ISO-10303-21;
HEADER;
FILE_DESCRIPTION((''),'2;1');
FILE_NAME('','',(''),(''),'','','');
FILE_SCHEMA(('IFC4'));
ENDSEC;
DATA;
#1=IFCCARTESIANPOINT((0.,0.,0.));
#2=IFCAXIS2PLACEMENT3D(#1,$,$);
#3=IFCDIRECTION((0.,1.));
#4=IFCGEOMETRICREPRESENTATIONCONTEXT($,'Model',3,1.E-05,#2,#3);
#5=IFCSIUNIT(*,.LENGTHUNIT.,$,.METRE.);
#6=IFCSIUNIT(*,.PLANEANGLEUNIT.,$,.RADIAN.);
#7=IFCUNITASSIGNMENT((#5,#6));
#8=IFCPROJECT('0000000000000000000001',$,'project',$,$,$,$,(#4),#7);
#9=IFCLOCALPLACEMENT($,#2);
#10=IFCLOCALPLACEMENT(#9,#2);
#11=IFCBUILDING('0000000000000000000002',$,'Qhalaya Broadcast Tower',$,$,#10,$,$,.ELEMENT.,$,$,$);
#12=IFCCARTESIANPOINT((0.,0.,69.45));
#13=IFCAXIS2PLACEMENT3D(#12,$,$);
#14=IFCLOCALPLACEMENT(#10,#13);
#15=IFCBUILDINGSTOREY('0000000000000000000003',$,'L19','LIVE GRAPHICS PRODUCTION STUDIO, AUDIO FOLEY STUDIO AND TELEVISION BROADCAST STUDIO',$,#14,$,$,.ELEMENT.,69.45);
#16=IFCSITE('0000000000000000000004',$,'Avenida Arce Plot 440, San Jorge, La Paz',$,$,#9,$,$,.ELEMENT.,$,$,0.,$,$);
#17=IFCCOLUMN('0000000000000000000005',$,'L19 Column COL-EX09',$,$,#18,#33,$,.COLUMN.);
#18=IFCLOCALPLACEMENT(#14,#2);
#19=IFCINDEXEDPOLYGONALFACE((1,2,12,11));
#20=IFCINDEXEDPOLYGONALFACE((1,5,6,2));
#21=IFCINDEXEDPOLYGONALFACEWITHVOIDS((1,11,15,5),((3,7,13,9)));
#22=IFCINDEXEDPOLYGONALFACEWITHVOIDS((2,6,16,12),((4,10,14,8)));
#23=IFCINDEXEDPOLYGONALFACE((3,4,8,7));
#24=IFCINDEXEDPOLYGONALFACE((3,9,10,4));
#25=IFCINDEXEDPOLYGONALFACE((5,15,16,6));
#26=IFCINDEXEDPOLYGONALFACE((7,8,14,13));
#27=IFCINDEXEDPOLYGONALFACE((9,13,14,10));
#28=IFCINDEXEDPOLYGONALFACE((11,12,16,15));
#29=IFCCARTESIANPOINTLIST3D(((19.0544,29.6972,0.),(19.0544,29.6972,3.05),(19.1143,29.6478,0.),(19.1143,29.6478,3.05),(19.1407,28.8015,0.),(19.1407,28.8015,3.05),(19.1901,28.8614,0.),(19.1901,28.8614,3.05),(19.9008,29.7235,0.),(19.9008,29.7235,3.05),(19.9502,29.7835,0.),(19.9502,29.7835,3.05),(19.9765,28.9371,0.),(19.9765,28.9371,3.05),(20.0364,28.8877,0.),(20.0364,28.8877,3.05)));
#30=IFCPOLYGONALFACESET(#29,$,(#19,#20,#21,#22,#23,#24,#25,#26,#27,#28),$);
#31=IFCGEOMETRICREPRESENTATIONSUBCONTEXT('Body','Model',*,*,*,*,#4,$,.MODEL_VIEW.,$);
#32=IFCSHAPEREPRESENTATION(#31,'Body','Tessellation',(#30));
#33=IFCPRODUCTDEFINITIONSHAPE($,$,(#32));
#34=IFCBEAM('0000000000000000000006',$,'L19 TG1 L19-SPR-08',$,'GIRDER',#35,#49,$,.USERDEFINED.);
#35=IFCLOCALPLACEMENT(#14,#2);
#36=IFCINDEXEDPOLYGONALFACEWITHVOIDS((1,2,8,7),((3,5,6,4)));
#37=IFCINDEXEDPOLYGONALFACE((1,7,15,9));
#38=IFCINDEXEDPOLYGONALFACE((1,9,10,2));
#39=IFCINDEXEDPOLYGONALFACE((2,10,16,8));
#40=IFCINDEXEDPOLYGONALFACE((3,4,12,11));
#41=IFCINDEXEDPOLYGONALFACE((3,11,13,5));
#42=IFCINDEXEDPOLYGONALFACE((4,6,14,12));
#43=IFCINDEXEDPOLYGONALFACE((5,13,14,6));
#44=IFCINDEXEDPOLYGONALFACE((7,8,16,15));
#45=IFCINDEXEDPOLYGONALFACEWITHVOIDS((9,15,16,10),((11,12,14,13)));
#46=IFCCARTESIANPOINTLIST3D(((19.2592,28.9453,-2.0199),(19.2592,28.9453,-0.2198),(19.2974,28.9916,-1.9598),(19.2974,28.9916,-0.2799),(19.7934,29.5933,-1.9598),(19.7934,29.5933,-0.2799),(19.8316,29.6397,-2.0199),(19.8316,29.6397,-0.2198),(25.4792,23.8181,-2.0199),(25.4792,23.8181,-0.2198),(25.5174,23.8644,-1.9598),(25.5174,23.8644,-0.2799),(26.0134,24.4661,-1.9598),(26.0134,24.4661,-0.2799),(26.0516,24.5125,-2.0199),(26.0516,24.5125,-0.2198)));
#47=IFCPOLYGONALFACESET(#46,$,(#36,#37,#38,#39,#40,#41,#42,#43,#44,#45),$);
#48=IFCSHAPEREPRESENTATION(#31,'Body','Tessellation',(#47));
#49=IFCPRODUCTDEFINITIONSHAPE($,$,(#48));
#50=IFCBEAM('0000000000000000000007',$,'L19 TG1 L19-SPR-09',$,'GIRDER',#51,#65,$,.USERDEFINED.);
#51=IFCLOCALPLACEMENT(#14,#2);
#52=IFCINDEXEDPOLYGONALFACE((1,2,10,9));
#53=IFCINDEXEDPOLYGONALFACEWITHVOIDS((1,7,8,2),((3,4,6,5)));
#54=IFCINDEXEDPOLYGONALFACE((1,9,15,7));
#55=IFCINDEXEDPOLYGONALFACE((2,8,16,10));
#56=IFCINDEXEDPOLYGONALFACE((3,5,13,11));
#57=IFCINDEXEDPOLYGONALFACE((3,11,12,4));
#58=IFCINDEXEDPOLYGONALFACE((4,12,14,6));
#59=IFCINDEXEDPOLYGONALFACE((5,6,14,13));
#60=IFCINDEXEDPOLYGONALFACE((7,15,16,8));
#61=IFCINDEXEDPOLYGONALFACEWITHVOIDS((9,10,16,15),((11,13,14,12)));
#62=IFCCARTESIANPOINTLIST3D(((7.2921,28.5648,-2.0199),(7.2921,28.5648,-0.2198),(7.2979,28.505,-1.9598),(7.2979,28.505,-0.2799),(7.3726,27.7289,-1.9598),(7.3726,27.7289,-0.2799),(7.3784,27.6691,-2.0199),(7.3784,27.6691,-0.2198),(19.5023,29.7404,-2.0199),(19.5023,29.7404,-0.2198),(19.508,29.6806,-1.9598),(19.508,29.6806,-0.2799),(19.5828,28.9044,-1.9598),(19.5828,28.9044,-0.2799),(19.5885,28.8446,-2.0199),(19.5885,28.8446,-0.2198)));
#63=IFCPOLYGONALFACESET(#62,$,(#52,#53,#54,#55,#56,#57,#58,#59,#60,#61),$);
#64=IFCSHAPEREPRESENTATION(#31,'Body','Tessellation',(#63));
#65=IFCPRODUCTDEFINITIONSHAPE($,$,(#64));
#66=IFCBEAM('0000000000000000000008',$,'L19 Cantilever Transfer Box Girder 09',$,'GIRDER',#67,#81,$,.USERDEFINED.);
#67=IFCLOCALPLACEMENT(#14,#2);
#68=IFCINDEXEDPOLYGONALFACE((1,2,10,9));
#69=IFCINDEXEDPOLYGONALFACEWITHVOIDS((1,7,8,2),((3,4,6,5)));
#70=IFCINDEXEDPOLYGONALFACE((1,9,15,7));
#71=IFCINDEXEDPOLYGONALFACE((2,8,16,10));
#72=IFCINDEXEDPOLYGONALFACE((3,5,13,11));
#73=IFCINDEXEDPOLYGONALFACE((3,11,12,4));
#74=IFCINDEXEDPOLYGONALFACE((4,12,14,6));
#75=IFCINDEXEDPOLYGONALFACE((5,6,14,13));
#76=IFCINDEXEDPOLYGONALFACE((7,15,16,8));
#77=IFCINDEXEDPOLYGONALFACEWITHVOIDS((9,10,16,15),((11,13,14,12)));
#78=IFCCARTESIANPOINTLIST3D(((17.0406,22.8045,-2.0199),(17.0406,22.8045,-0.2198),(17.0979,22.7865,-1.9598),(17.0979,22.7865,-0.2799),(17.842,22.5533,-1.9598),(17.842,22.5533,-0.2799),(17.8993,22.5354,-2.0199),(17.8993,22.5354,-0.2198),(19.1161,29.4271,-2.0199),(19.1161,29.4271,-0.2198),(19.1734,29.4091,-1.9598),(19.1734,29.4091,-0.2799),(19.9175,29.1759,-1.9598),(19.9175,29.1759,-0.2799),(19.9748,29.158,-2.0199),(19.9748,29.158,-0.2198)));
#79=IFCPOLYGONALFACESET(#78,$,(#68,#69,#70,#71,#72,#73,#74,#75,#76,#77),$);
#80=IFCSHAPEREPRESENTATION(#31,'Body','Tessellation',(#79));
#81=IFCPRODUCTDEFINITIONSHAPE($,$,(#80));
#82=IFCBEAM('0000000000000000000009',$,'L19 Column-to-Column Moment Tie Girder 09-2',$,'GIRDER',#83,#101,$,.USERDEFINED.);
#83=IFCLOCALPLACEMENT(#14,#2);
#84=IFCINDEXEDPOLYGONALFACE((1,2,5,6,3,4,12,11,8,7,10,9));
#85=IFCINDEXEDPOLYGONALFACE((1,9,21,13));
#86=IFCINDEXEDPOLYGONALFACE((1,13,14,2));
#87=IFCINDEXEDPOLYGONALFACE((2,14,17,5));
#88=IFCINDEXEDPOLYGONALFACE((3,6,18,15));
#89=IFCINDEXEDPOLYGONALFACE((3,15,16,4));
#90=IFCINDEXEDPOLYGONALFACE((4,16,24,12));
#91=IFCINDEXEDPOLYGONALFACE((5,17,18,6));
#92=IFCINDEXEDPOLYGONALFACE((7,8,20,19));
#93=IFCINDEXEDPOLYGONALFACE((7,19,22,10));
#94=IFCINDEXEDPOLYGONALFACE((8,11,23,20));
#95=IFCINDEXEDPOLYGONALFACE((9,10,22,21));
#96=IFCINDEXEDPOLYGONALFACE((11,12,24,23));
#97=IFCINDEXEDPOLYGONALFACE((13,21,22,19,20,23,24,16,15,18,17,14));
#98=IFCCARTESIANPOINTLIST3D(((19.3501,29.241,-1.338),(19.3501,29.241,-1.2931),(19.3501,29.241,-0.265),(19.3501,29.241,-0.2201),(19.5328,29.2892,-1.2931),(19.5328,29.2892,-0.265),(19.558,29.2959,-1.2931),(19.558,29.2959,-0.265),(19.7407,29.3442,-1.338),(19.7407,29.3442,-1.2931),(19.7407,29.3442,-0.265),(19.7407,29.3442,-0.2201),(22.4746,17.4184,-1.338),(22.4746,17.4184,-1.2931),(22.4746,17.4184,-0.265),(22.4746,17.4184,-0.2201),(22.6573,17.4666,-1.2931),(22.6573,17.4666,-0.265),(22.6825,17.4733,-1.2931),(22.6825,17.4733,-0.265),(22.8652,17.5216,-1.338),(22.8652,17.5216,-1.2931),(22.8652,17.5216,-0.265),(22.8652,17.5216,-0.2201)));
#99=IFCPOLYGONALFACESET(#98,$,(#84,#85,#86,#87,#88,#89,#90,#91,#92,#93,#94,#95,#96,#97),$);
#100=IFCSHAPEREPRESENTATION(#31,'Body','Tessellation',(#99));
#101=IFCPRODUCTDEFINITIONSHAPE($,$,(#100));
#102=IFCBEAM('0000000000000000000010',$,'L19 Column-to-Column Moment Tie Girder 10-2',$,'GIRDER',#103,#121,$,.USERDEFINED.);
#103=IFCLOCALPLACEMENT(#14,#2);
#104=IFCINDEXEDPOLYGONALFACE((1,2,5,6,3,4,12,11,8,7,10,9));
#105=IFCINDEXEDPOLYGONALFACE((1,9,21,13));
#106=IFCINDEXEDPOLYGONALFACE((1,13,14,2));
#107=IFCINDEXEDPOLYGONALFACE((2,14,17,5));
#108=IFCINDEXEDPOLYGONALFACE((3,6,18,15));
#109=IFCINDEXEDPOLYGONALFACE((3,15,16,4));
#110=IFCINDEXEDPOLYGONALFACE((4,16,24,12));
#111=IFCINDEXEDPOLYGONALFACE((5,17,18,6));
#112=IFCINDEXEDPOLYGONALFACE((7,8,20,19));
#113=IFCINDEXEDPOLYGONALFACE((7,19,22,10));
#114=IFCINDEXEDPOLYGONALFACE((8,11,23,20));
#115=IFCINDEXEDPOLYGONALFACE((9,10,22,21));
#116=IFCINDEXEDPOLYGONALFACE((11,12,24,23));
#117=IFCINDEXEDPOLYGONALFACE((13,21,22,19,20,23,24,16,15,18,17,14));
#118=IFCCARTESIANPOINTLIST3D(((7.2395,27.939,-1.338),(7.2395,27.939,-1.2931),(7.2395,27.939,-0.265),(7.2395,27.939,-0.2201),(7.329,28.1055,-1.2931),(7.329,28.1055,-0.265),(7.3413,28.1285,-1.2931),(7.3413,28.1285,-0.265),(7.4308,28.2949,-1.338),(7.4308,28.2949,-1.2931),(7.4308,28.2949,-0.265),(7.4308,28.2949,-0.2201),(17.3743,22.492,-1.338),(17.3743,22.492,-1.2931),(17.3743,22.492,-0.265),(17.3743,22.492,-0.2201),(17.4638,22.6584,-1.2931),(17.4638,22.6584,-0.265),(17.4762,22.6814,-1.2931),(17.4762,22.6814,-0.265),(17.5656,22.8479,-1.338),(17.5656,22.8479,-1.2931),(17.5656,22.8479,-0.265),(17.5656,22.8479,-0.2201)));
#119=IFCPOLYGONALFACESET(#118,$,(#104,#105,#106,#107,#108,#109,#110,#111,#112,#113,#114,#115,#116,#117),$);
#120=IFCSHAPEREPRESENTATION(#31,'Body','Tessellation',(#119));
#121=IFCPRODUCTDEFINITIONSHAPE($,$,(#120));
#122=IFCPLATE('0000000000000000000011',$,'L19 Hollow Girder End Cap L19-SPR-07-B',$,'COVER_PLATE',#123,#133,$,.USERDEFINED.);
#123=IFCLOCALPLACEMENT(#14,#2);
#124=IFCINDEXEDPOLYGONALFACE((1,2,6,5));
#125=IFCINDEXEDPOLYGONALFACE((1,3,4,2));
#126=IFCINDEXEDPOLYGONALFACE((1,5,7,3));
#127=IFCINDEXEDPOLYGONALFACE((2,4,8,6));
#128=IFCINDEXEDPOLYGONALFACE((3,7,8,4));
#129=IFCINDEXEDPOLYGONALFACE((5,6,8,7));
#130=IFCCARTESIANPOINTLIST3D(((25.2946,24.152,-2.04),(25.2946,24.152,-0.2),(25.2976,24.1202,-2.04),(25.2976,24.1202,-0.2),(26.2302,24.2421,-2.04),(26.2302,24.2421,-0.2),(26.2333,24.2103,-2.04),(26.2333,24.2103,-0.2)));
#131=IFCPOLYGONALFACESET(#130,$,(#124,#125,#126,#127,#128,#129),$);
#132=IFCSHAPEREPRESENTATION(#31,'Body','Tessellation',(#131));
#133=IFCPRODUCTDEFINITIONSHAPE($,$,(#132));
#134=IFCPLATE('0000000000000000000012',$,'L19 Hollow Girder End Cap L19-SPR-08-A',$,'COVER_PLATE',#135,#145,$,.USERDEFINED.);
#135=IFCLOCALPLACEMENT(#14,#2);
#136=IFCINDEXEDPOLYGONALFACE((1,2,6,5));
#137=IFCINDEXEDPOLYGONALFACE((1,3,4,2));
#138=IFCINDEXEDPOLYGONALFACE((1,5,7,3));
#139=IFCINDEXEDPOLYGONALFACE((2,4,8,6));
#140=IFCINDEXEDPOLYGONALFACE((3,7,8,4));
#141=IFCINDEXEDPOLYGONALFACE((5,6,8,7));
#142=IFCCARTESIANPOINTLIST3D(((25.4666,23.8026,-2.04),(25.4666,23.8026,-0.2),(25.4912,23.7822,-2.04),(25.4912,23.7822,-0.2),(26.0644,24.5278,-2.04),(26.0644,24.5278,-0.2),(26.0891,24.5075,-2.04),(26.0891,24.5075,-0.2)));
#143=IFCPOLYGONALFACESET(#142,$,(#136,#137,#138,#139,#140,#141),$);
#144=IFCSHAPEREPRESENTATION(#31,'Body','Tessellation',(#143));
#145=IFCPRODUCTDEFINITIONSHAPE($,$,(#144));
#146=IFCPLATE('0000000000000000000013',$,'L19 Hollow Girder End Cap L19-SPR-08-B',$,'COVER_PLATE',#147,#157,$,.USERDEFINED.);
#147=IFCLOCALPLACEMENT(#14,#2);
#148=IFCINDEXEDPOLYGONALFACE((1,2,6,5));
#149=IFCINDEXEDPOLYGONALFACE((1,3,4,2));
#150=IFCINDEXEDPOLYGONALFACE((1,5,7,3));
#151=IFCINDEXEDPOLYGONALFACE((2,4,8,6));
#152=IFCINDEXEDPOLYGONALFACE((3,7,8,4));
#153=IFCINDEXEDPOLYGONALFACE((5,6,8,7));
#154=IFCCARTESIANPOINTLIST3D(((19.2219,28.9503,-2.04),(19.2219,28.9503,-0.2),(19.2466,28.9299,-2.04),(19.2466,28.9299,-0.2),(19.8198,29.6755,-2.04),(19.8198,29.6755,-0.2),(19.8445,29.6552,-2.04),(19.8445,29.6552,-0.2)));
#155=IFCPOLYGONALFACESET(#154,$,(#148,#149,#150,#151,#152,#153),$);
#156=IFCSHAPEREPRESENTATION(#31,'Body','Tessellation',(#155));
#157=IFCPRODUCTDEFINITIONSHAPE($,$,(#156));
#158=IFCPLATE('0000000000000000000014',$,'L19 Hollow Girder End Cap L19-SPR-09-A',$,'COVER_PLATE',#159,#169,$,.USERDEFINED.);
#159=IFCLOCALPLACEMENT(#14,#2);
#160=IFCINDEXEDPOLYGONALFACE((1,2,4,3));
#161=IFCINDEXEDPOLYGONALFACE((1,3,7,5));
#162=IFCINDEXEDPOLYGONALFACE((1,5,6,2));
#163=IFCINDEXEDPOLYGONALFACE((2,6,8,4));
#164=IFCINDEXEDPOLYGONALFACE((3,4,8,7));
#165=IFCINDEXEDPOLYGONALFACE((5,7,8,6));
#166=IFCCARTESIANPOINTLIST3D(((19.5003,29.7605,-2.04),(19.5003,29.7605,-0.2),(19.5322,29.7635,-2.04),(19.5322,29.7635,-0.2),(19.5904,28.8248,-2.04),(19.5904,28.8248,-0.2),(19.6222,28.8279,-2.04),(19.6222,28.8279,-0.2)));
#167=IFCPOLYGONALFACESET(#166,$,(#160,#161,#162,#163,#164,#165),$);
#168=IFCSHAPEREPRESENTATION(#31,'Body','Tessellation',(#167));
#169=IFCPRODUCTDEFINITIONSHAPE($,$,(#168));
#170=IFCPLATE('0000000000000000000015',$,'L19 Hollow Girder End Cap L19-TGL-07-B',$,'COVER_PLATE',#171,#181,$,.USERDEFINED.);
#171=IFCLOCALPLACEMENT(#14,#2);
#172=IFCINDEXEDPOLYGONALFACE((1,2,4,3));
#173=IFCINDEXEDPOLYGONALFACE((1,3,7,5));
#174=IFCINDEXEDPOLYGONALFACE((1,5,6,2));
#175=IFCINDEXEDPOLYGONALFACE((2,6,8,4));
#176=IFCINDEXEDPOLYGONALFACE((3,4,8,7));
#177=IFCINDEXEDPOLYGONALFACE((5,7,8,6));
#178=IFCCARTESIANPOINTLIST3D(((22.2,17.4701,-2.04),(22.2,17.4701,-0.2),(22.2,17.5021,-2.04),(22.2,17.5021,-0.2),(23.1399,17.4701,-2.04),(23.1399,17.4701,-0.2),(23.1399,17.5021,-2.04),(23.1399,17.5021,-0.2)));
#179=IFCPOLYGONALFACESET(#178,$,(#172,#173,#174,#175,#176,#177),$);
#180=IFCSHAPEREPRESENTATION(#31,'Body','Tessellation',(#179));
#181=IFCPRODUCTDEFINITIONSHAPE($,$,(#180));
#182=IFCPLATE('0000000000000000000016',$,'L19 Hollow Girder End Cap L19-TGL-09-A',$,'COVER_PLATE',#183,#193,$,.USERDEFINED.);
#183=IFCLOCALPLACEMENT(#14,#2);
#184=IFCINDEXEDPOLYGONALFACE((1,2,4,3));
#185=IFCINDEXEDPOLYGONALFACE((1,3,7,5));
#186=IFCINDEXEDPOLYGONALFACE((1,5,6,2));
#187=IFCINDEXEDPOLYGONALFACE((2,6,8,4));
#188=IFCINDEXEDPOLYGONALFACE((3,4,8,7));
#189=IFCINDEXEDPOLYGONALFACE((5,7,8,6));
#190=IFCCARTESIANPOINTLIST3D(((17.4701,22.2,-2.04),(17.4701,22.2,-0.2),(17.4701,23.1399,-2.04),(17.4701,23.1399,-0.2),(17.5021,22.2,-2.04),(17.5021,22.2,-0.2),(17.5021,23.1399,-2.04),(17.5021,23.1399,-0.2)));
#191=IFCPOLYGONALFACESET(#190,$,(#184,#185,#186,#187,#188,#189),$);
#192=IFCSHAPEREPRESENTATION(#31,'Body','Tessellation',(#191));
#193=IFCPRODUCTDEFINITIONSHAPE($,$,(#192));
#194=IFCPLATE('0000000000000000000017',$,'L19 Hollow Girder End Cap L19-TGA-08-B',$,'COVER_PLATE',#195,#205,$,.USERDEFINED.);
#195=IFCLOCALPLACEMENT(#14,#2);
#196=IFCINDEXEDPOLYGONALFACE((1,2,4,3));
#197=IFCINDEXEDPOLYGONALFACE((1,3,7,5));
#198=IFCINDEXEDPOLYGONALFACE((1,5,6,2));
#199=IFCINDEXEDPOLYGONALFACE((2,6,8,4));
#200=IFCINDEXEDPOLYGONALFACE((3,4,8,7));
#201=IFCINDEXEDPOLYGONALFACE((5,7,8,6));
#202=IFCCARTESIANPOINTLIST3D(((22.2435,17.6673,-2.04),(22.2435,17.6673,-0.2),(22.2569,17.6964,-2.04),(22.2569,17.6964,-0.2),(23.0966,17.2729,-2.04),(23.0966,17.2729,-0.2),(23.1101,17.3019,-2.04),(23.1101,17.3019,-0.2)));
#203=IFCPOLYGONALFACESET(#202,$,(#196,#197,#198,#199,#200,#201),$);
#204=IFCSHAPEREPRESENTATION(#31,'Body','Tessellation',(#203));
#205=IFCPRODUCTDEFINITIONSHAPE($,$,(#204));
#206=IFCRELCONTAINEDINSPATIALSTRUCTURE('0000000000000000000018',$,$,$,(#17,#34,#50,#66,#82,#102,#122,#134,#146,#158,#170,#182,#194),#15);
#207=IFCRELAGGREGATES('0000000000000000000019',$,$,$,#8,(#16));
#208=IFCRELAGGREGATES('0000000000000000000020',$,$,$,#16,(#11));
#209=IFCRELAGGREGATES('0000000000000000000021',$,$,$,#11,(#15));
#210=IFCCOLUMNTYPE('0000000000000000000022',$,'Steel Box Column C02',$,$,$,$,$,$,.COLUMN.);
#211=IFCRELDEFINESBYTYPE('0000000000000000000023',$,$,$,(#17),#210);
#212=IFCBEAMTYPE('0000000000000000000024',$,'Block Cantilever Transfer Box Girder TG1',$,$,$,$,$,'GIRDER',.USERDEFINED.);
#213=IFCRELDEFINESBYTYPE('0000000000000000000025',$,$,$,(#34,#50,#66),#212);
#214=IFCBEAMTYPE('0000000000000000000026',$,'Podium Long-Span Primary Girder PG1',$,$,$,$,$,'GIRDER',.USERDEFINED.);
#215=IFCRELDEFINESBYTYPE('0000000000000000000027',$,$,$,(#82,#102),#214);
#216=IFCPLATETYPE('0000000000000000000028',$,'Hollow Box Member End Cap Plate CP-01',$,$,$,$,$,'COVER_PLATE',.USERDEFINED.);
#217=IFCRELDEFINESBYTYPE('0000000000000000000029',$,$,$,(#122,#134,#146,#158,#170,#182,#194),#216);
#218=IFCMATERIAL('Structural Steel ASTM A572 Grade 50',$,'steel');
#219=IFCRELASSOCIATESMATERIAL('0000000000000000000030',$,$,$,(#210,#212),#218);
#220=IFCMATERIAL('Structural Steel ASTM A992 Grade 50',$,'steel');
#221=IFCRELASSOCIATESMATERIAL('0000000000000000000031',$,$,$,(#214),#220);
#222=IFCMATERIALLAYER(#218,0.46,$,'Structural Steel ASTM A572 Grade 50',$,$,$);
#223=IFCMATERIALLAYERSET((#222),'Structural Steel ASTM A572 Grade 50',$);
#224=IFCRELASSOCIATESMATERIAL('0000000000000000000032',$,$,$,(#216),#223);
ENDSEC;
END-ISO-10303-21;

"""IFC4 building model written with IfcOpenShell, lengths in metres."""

from ifc_helpers import new_model, si_unit, direction, frame, origin, origin_2d, place, context, subcontext, project, spatial, rectangle, hollow_rectangle, i_section, extrude, material, layer, layer_set, material_profile, profile_set, type_object, element, save


model = new_model("IFC4")

# Units and contexts
model_context = context("Model", 3, precision=1e-05, world=origin(), true_north=direction((0.0, 1.0)))
body_context = subcontext(model_context, "Body", "Model", "MODEL_VIEW")
ifc_project = project(units=[si_unit("LENGTHUNIT", "METRE"), si_unit("PLANEANGLEUNIT", "RADIAN")], contexts=[model_context])

# Site, building, storey
site_placement = place(None, origin())
site = spatial("IfcSite", under=ifc_project, at=site_placement, Name="Avenida Arce Plot 440, San Jorge, La Paz", CompositionType="ELEMENT", RefElevation=0.0)
building_placement = place(site_placement, origin())
building = spatial("IfcBuilding", under=site, at=building_placement, Name="Qhalaya Broadcast Tower", CompositionType="ELEMENT")
storey_placement = place(building_placement, frame((0.0, 0.0, 69.45)))
storey = spatial("IfcBuildingStorey", under=building, at=storey_placement, Name="L19", Description="LIVE GRAPHICS PRODUCTION STUDIO, AUDIO FOLEY STUDIO AND TELEVISION BROADCAST STUDIO", CompositionType="ELEMENT", Elevation=69.45)

# Column
ifc_material_1 = material(Name="Structural Steel ASTM A572 Grade 50", Category="steel")
ifc_material_profile_1 = material_profile(ifc_material_1, hollow_rectangle(XDim=0.8999, YDim=0.8999, WallThickness=0.0549, at=origin_2d()), Name="BOX 900x900x55")
ifc_profile_set_1 = profile_set([ifc_material_profile_1], Name="Structural Steel ASTM A572 Grade 50")
column_type = type_object("IfcColumnType", Name="Steel Box Column C02", PredefinedType="COLUMN", material=ifc_profile_set_1)
column_placement = place(storey_placement, frame((19.5454, 29.2925, 0.0), z_axis=(0.0, 0.0, 1.0), x_axis=(0.995396, 0.095846, 0.0)))
element("IfcColumn", 1, at=column_placement, inside=storey, type_object=column_type, Name="L19 Column COL-EX09", PredefinedType="COLUMN", context=body_context, shape_type="SweptSolid", body=[
    extrude(hollow_rectangle(XDim=0.8999, YDim=0.8999, WallThickness=0.0549, at=origin_2d()), origin(), (0.0, 0.0, 1.0), 3.05),
])

# Beams
ifc_material_profile_2 = material_profile(ifc_material_1, hollow_rectangle(XDim=0.8999, YDim=1.8, WallThickness=0.0601, at=origin_2d()), Name="BOX 900x1800x60")
ifc_profile_set_2 = profile_set([ifc_material_profile_2], Name="Structural Steel ASTM A572 Grade 50")
beam_type_1 = type_object("IfcBeamType", Name="Block Cantilever Transfer Box Girder TG1", ElementType="GIRDER", PredefinedType="USERDEFINED", material=ifc_profile_set_2)
beam_1_placement = place(storey_placement, frame((25.7654, 24.1653, -1.1199), z_axis=(-0.771634, 0.636067, 0.0), x_axis=(-0.636067, -0.771634, 0.0)))
element("IfcBeam", 2, at=beam_1_placement, inside=storey, type_object=beam_type_1, Name="L19 TG1 L19-SPR-08", ObjectType="GIRDER", PredefinedType="USERDEFINED", context=body_context, shape_type="SweptSolid", body=[
    extrude(hollow_rectangle(XDim=0.8999, YDim=1.8, WallThickness=0.0601, at=origin_2d()), origin(), (0.0, 0.0, 1.0), 8.0608),
])
beam_2_placement = place(storey_placement, frame((19.5454, 29.2925, -1.1199), z_axis=(-0.995398, -0.095832, 0.0), x_axis=(0.095832, -0.995398, 0.0)))
element("IfcBeam", 3, at=beam_2_placement, inside=storey, type_object=beam_type_1, Name="L19 TG1 L19-SPR-09", ObjectType="GIRDER", PredefinedType="USERDEFINED", context=body_context, shape_type="SweptSolid", body=[
    extrude(hollow_rectangle(XDim=0.8999, YDim=1.8, WallThickness=0.0601, at=origin_2d()), origin(), (0.0, 0.0, 1.0), 12.2666),
])
beam_3_placement = place(storey_placement, frame((17.47, 22.6699, -1.1199), z_axis=(0.299048, 0.954238, 0.0), x_axis=(-0.954238, 0.299048, 0.0)))
element("IfcBeam", 4, at=beam_3_placement, inside=storey, type_object=beam_type_1, Name="L19 Cantilever Transfer Box Girder 09", ObjectType="GIRDER", PredefinedType="USERDEFINED", context=body_context, shape_type="SweptSolid", body=[
    extrude(hollow_rectangle(XDim=0.8999, YDim=1.8, WallThickness=0.0601, at=origin_2d()), origin(), (0.0, 0.0, 1.0), 6.9402),
])
ifc_material_2 = material(Name="Structural Steel ASTM A992 Grade 50", Category="steel")
ifc_material_profile_3 = material_profile(ifc_material_2, i_section(OverallWidth=0.4041, OverallDepth=1.1179, WebThickness=0.0261, FlangeThickness=0.0449, at=origin_2d()), Name="W44X335")
ifc_profile_set_3 = profile_set([ifc_material_profile_3], Name="Structural Steel ASTM A992 Grade 50")
beam_type_2 = type_object("IfcBeamType", Name="Podium Long-Span Primary Girder PG1", ElementType="GIRDER", PredefinedType="USERDEFINED", material=ifc_profile_set_3)
beam_4_placement = place(storey_placement, frame((22.6699, 17.47, -0.7791), z_axis=(-0.255512, 0.966806, 0.0), x_axis=(-0.966806, -0.255512, 0.0)))
element("IfcBeam", 5, at=beam_4_placement, inside=storey, type_object=beam_type_2, Name="L19 Column-to-Column Moment Tie Girder 09-2", ObjectType="GIRDER", PredefinedType="USERDEFINED", context=body_context, shape_type="SweptSolid", body=[
    extrude(i_section(OverallWidth=0.4041, OverallDepth=1.1179, WebThickness=0.0261, FlangeThickness=0.0449, at=origin_2d()), origin(), (0.0, 0.0, 1.0), 12.2285),
])
beam_5_placement = place(storey_placement, frame((17.47, 22.6699, -0.7791), z_axis=(-0.880839, 0.473415, 0.0), x_axis=(-0.473415, -0.880839, 0.0)))
element("IfcBeam", 6, at=beam_5_placement, inside=storey, type_object=beam_type_2, Name="L19 Column-to-Column Moment Tie Girder 10-2", ObjectType="GIRDER", PredefinedType="USERDEFINED", context=body_context, shape_type="SweptSolid", body=[
    extrude(i_section(OverallWidth=0.4041, OverallDepth=1.1179, WebThickness=0.0261, FlangeThickness=0.0449, at=origin_2d()), origin(), (0.0, 0.0, 1.0), 11.5059),
])

# Plates
ifc_layer_1 = layer(ifc_material_1, 0.46, Name="Structural Steel ASTM A572 Grade 50")
ifc_layer_set_1 = layer_set([ifc_layer_1], Name="Structural Steel ASTM A572 Grade 50")
plate_type_1 = type_object("IfcPlateType", Name="Hollow Box Member End Cap Plate CP-01", ElementType="COVER_PLATE", PredefinedType="USERDEFINED", material=ifc_layer_set_1)
for number, where, z_axis, x_axis, name in (
    (7, (25.7639, 24.1812, -2.04), (0.0, 0.0, 1.0), (-0.995396, -0.095846, 0.0), "L19 Hollow Girder End Cap L19-SPR-07-B"),
    (8, (25.7778, 24.155, -2.04), (0.0, 0.0, 1.0), (-0.636078, -0.771625, 0.0), "L19 Hollow Girder End Cap L19-SPR-08-A"),
    (9, (19.5332, 29.3027, -2.04), (0.0, 0.0, 1.0), (-0.636078, -0.771625, 0.0), "L19 Hollow Girder End Cap L19-SPR-08-B"),
    (10, (19.5613, 29.2942, -2.04), (0.0, 0.0, 1.0), (0.095846, -0.995396, 0.0), "L19 Hollow Girder End Cap L19-SPR-09-A"),
    (11, (22.6699, 17.4861, -2.04), (0.0, 0.0, 1.0), (-1.0, 0.0, 0.0), "L19 Hollow Girder End Cap L19-TGL-07-B"),
    (12, (17.4861, 22.6699, -2.04), (0.0, 0.0, 1.0), (0.0, -1.0, 0.0), "L19 Hollow Girder End Cap L19-TGL-09-A"),
    (13, (22.6768, 17.4846, -2.04), (0.0, 0.0, 1.0), (-0.907682, 0.419658, 0.0), "L19 Hollow Girder End Cap L19-TGA-08-B"),
):
    element("IfcPlate", number, at=place(storey_placement, frame(where, z_axis=z_axis, x_axis=x_axis)), inside=storey, type_object=plate_type_1, Name=name, ObjectType="COVER_PLATE", PredefinedType="USERDEFINED", context=body_context, shape_type="SweptSolid", body=[
        extrude(rectangle(XDim=0.9399, YDim=0.032, at=origin_2d()), origin(), (0.0, 0.0, 1.0), 1.8401),
    ])

save(model, "model.ifc")
